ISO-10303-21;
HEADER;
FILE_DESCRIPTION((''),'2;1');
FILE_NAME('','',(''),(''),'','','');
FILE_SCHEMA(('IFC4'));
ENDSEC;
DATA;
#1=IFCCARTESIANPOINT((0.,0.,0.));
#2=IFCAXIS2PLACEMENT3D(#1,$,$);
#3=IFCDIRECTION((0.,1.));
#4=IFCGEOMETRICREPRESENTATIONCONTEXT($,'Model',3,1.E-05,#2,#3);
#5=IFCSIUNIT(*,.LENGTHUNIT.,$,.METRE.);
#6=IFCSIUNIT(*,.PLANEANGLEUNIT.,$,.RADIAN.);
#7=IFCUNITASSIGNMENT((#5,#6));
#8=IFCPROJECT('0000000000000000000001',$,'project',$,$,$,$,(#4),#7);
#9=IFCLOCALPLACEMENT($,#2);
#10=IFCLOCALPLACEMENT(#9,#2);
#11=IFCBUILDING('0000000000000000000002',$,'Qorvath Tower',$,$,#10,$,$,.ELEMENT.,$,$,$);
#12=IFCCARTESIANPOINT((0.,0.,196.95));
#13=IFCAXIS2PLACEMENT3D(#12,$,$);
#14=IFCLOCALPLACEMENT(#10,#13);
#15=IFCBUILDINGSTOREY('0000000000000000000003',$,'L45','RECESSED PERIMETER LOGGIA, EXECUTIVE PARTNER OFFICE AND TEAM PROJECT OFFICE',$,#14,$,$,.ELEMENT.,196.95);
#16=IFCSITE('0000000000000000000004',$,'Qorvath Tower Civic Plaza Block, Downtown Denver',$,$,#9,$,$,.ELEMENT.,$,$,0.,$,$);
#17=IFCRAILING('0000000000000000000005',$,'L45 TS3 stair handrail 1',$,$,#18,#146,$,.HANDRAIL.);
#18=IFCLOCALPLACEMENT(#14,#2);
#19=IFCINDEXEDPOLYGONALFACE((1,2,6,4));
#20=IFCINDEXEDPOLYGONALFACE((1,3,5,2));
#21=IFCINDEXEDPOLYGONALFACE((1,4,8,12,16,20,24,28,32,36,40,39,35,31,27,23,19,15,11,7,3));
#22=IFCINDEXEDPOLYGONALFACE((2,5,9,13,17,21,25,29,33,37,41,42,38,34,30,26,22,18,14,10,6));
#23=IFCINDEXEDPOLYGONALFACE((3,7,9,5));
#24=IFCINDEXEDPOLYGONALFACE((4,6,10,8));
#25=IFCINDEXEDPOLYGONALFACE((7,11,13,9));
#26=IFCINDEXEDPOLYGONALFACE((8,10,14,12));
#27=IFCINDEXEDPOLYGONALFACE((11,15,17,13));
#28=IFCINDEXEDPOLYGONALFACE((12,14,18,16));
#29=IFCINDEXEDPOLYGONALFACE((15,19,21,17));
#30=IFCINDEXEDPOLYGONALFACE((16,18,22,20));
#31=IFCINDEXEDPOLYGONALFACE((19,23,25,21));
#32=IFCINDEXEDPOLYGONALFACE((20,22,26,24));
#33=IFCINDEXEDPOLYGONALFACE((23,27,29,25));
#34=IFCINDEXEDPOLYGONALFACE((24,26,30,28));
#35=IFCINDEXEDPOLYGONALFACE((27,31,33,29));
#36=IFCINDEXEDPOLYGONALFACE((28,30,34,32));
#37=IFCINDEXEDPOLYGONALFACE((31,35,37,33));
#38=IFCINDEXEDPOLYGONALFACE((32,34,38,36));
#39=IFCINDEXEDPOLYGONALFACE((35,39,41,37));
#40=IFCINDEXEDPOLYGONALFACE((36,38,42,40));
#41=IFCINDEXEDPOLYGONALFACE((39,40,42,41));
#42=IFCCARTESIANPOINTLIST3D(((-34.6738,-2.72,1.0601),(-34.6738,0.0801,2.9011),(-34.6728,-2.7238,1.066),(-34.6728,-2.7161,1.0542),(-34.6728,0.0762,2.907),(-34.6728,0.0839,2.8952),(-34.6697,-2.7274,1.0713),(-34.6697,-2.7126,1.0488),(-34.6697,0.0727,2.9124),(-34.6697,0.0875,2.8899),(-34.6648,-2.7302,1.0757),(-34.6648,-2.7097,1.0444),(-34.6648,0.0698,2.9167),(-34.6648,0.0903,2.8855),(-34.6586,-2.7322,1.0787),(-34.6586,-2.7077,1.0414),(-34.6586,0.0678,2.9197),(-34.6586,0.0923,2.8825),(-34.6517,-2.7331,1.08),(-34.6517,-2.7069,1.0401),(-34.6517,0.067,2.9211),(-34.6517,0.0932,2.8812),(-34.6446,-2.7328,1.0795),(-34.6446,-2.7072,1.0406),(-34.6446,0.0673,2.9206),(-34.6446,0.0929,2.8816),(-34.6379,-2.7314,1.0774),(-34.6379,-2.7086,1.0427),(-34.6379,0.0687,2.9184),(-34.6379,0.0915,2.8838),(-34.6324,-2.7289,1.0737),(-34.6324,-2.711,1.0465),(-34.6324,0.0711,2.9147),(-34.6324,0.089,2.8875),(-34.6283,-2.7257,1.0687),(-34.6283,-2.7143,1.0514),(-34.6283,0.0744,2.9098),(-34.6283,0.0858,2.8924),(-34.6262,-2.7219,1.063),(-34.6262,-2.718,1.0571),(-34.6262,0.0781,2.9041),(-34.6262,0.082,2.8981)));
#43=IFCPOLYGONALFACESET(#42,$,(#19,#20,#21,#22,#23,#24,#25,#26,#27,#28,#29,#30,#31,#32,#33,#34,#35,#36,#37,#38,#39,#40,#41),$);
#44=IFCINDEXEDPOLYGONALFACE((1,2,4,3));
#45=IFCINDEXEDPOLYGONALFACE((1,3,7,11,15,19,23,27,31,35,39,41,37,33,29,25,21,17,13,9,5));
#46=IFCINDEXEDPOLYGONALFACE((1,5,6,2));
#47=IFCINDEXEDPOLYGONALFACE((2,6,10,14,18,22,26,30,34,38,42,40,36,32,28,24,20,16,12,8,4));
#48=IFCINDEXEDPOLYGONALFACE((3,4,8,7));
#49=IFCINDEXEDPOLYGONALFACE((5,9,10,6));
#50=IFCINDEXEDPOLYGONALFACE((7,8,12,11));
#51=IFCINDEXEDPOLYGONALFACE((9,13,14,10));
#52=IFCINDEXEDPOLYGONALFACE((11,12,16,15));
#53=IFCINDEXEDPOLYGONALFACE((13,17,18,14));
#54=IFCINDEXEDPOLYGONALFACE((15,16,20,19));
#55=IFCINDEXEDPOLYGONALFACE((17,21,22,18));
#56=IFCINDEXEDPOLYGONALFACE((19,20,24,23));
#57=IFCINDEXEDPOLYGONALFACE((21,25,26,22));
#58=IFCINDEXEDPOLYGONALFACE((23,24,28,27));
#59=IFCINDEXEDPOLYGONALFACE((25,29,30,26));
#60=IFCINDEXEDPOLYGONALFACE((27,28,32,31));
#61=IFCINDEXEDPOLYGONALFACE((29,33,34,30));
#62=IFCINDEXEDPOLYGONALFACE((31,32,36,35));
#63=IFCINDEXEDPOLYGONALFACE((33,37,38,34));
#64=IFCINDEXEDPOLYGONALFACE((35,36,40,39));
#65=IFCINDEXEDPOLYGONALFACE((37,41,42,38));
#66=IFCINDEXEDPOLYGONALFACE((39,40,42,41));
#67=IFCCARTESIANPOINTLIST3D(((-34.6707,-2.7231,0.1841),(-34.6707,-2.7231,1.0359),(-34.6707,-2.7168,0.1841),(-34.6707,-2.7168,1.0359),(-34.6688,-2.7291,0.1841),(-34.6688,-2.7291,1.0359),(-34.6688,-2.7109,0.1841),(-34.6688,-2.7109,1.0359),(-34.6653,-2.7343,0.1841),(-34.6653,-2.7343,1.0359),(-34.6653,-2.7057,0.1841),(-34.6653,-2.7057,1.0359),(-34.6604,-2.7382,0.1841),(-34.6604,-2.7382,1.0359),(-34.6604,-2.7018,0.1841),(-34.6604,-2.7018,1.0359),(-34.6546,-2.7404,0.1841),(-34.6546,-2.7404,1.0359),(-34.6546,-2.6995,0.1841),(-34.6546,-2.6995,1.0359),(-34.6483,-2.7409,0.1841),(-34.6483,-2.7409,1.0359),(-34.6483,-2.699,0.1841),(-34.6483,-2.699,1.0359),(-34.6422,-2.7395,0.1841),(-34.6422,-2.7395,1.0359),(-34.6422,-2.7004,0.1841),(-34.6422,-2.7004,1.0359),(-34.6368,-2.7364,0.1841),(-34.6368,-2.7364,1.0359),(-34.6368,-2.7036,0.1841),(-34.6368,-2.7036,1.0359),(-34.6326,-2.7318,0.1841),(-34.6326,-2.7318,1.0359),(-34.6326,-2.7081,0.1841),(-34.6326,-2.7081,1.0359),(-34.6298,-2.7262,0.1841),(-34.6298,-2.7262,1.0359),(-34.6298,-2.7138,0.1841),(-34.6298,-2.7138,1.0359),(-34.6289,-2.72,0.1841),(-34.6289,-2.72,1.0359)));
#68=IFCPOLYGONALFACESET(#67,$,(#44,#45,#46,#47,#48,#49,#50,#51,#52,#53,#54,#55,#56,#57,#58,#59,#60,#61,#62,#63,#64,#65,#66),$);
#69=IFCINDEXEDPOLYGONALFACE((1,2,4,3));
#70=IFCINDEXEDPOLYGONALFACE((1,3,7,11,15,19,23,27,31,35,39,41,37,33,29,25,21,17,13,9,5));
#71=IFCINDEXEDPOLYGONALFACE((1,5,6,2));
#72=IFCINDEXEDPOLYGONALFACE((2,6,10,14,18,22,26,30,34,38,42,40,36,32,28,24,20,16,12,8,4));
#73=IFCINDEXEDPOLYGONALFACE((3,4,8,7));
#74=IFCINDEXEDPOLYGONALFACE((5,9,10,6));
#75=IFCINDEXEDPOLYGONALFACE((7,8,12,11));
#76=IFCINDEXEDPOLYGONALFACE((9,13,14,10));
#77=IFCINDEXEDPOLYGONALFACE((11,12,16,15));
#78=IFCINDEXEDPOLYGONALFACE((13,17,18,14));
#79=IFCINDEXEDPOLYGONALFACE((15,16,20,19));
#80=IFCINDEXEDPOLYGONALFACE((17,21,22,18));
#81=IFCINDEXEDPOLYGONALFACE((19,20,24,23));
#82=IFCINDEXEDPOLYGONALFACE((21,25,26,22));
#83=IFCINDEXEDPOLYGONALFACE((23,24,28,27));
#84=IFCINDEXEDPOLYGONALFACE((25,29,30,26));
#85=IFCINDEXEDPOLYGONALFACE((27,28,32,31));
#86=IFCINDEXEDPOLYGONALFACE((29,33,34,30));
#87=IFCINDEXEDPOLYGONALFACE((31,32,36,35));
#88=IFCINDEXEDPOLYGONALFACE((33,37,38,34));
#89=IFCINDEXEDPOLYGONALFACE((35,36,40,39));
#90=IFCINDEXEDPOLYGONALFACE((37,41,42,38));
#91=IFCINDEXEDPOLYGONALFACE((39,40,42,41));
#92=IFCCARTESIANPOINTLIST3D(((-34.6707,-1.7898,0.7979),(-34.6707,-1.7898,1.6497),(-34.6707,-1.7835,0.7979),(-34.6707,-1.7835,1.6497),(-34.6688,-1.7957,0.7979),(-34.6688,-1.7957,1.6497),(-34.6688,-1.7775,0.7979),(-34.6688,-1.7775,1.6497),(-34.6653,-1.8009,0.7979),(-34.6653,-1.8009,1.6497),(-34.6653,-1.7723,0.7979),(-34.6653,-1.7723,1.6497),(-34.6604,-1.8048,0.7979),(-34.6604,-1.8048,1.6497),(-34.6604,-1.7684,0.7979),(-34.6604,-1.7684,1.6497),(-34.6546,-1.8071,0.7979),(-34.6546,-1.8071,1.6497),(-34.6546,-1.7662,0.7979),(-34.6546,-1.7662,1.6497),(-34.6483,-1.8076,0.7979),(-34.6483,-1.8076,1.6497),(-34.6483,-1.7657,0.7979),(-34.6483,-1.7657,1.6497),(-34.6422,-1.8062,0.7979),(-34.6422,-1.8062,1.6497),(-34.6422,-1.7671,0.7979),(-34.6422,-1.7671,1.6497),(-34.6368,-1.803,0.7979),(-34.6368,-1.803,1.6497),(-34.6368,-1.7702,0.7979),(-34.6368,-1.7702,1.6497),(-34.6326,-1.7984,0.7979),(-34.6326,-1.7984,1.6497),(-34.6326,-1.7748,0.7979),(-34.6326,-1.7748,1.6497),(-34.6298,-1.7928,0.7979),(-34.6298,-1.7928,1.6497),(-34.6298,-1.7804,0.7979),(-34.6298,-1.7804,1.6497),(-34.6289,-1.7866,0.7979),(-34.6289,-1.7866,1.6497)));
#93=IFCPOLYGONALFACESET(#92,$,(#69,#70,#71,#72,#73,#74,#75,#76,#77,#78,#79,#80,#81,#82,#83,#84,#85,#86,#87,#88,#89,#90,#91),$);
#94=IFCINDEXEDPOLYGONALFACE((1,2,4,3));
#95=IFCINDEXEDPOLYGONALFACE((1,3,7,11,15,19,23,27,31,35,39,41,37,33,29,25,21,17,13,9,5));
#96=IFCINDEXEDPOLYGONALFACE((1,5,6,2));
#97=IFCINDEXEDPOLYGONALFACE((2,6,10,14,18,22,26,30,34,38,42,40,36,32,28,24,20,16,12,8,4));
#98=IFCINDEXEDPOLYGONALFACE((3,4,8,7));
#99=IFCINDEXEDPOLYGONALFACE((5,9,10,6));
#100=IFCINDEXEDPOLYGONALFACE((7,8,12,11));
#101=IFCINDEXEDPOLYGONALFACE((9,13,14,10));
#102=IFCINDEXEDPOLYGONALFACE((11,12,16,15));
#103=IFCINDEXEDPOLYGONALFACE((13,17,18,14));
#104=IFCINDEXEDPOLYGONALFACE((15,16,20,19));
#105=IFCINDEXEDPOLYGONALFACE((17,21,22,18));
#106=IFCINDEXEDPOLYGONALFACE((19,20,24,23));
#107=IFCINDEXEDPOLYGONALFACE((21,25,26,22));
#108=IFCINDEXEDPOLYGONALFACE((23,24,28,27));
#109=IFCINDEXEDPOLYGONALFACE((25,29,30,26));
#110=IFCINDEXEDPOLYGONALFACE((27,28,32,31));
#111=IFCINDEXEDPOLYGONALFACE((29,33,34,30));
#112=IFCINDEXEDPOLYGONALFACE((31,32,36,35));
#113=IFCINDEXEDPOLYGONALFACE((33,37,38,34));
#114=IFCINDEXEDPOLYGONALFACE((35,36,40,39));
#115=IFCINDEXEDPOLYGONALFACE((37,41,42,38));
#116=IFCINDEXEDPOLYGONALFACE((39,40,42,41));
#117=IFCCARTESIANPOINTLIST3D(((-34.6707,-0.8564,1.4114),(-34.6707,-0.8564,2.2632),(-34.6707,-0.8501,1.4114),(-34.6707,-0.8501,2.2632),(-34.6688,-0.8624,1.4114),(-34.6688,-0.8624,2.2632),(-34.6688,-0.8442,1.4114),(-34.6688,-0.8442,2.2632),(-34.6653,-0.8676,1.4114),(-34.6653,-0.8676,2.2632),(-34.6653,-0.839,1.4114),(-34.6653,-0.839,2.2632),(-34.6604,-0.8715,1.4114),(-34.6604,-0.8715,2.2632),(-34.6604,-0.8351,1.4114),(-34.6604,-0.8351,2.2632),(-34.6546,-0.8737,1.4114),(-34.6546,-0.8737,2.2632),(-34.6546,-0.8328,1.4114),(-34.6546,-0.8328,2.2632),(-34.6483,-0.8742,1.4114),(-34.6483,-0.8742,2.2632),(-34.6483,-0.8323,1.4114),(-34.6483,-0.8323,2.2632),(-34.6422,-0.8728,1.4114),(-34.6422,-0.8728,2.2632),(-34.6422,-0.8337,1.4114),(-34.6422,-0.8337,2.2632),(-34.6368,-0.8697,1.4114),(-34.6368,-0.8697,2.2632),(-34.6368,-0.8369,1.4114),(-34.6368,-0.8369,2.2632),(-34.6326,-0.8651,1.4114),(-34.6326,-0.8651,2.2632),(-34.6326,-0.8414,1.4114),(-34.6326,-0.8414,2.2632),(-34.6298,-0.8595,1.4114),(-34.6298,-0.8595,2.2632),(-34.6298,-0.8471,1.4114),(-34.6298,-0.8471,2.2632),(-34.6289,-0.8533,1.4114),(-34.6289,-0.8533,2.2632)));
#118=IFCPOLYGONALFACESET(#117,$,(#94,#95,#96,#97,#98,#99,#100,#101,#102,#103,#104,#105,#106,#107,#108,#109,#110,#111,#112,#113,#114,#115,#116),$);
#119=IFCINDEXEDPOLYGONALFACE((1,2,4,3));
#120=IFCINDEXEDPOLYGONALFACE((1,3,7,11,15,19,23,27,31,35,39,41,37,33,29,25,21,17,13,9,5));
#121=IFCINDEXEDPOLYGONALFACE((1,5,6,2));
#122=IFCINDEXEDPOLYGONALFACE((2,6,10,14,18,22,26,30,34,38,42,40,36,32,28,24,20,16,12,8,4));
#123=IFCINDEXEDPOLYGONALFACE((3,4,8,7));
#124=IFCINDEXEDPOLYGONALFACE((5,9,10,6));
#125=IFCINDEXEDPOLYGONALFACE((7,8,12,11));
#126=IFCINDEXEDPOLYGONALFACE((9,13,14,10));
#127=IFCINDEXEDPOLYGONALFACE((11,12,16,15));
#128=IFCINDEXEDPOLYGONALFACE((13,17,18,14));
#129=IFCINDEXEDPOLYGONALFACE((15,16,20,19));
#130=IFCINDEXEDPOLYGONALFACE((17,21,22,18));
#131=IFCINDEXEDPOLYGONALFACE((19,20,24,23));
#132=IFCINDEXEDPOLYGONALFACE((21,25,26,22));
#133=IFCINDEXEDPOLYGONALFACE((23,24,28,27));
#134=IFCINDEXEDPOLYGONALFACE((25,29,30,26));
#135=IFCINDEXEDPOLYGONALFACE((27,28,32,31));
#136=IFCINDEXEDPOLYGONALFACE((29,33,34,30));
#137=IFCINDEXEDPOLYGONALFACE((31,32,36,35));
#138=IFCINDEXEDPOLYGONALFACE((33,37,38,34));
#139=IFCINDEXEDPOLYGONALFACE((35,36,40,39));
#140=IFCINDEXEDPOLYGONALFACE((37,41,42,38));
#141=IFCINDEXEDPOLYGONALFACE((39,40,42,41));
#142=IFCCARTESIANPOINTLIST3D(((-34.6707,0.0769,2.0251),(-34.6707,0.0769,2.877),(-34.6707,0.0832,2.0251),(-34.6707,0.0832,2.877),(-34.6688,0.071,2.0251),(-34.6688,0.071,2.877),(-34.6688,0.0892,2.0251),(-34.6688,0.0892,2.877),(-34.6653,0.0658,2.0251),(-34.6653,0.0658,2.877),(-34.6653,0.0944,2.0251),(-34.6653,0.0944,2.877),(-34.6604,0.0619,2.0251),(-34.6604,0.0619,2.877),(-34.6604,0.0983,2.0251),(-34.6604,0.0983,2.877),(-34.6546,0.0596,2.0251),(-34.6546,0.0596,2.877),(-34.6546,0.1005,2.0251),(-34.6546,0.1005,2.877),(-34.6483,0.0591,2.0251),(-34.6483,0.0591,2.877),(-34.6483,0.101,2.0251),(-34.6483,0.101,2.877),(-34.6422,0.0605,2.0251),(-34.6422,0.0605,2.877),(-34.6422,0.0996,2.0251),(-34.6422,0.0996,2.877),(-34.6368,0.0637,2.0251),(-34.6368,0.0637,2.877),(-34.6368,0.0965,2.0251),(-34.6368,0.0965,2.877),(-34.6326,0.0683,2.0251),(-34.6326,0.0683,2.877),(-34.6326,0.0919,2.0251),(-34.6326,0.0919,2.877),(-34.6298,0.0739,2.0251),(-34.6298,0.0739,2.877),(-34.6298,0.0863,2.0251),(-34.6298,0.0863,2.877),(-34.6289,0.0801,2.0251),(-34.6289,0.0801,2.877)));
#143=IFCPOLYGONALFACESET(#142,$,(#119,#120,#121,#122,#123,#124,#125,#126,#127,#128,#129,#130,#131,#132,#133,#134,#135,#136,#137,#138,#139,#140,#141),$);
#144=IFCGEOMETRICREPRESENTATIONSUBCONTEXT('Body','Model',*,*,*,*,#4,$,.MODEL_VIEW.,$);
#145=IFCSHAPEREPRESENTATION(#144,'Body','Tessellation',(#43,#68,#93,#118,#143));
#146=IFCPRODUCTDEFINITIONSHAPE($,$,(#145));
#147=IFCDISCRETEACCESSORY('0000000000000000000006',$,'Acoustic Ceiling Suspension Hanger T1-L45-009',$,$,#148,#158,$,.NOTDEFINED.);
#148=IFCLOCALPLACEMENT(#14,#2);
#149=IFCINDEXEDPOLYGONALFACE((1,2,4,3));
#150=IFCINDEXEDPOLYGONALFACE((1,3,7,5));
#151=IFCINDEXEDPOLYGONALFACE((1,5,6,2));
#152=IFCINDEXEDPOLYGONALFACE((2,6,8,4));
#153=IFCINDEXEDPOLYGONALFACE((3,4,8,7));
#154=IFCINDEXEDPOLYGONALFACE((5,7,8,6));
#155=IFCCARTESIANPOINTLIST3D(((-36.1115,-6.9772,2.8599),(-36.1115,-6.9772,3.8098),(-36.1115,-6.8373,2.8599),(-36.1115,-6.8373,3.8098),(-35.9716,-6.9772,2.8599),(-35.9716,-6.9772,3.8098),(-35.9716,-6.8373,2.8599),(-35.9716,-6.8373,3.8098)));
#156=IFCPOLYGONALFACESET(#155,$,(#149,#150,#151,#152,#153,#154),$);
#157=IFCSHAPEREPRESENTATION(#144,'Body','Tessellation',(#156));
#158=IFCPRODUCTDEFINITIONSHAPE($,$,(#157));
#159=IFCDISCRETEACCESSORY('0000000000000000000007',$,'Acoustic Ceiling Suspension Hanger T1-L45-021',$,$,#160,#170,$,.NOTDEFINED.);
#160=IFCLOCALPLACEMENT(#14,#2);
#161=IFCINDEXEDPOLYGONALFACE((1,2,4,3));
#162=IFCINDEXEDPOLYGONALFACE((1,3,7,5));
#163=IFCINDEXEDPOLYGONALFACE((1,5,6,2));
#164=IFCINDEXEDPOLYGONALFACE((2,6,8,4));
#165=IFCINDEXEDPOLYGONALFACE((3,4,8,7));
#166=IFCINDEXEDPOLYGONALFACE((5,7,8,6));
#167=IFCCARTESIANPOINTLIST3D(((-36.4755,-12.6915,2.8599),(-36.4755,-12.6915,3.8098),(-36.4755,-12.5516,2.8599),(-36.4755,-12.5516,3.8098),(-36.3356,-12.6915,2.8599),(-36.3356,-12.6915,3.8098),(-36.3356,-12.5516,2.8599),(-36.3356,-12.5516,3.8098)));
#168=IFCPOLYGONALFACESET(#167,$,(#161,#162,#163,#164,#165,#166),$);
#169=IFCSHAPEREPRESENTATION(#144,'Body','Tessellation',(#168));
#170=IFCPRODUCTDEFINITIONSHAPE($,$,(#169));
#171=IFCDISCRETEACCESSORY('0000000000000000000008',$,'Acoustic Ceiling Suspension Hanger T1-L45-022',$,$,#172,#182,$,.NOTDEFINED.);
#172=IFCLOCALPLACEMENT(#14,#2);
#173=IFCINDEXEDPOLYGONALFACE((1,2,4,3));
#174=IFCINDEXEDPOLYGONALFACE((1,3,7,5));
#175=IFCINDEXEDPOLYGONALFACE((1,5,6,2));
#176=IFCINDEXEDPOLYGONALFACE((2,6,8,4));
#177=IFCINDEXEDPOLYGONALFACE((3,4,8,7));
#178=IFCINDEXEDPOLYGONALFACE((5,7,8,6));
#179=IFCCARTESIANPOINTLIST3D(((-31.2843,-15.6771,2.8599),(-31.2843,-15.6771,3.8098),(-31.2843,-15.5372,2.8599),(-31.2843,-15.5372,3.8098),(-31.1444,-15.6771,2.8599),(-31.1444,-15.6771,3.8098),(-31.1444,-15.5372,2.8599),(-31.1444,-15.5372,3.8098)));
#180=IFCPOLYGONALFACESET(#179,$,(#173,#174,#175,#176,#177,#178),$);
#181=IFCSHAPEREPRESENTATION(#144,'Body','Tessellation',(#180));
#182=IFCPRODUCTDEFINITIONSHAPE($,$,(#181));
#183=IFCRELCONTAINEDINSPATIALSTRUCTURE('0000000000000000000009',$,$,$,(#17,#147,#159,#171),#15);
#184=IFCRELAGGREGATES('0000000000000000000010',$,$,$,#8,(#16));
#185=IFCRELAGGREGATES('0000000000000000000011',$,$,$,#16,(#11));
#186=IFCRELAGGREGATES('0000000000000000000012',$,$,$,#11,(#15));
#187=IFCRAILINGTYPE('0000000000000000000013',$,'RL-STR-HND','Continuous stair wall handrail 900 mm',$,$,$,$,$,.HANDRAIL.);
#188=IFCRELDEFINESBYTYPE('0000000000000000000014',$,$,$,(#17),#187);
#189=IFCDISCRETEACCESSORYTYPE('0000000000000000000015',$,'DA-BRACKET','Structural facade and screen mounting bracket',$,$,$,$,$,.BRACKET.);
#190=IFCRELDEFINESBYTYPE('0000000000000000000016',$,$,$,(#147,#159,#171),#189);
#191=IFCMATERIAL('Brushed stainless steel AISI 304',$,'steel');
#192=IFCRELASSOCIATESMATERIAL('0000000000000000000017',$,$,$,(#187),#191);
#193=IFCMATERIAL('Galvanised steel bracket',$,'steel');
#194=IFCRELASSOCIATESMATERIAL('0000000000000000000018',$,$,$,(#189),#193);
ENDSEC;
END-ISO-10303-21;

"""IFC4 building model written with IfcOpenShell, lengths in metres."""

from ifc_helpers import new_model, si_unit, direction, frame, origin, origin_2d, place, context, subcontext, project, spatial, rectangle, circle, extrude, material, type_object, element, save


model = new_model("IFC4")

# Units and contexts
model_context = context("Model", 3, precision=1e-05, world=origin(), true_north=direction((0.0, 1.0)))
body_context = subcontext(model_context, "Body", "Model", "MODEL_VIEW")
ifc_project = project(units=[si_unit("LENGTHUNIT", "METRE"), si_unit("PLANEANGLEUNIT", "RADIAN")], contexts=[model_context])

# Site, building, storey
site_placement = place(None, origin())
site = spatial("IfcSite", under=ifc_project, at=site_placement, Name="Qorvath Tower Civic Plaza Block, Downtown Denver", CompositionType="ELEMENT", RefElevation=0.0)
building_placement = place(site_placement, origin())
building = spatial("IfcBuilding", under=site, at=building_placement, Name="Qorvath Tower", CompositionType="ELEMENT")
storey_placement = place(building_placement, frame((0.0, 0.0, 196.95)))
storey = spatial("IfcBuildingStorey", under=building, at=storey_placement, Name="L45", Description="RECESSED PERIMETER LOGGIA, EXECUTIVE PARTNER OFFICE AND TEAM PROJECT OFFICE", CompositionType="ELEMENT", Elevation=196.95)

# Railing
ifc_material_1 = material(Name="Brushed stainless steel AISI 304", Category="steel")
railing_type_1 = type_object("IfcRailingType", Name="RL-STR-HND", Description="Continuous stair wall handrail 900 mm", PredefinedType="HANDRAIL", material=ifc_material_1)
railing_1_placement = place(storey_placement, frame((-34.6499, -2.72, 0.1841)))
element("IfcRailing", 1, at=railing_1_placement, inside=storey, type_object=railing_type_1, Name="L45 TS3 stair handrail 1", PredefinedType="HANDRAIL", context=body_context, shape_type="SweptSolid", body=[
    extrude(circle(Radius=0.0239, at=origin_2d()), frame((0.0, 0.0, 0.876), z_axis=(0.0, 0.835564, 0.549393), x_axis=(-1.0, 0.0, 0.0)), (0.0, 0.0, 1.0), 3.3511),
    extrude(circle(Radius=0.021, at=origin_2d()), origin(), (0.0, 0.0, 1.0), 0.8518),
    extrude(circle(Radius=0.021, at=origin_2d()), frame((0.0, 0.9333, 0.6138)), (0.0, 0.0, 1.0), 0.8518),
    extrude(circle(Radius=0.021, at=origin_2d()), frame((0.0, 1.8667, 1.2273)), (0.0, 0.0, 1.0), 0.8518),
    extrude(circle(Radius=0.021, at=origin_2d()), frame((0.0, 2.8, 1.8411)), (0.0, 0.0, 1.0), 0.8518),
])

# Discrete accessories
ifc_material_2 = material(Name="Galvanised steel bracket", Category="steel")
discrete_accessory_type = type_object("IfcDiscreteAccessoryType", Name="DA-BRACKET", Description="Structural facade and screen mounting bracket", PredefinedType="BRACKET", material=ifc_material_2)
for number, where, z_axis, x_axis, name in (
    (2, (-36.0415, -6.9072, 2.8599), (0.0, 0.0, 1.0), (1.0, 0.0, 0.0), "Acoustic Ceiling Suspension Hanger T1-L45-009"),
    (3, (-36.4055, -12.6216, 2.8599), (0.0, 0.0, 1.0), (1.0, 0.0, 0.0), "Acoustic Ceiling Suspension Hanger T1-L45-021"),
    (4, (-31.2144, -15.6072, 2.8599), (0.0, 0.0, 1.0), (1.0, 0.0, 0.0), "Acoustic Ceiling Suspension Hanger T1-L45-022"),
):
    element("IfcDiscreteAccessory", number, at=place(storey_placement, frame(where, z_axis=z_axis, x_axis=x_axis)), inside=storey, type_object=discrete_accessory_type, Name=name, PredefinedType="NOTDEFINED", context=body_context, shape_type="SweptSolid", body=[
        extrude(rectangle(XDim=0.1399, YDim=0.1399, at=origin_2d()), origin(), (0.0, 0.0, 1.0), 0.95),
    ])

save(model, "model.ifc")
